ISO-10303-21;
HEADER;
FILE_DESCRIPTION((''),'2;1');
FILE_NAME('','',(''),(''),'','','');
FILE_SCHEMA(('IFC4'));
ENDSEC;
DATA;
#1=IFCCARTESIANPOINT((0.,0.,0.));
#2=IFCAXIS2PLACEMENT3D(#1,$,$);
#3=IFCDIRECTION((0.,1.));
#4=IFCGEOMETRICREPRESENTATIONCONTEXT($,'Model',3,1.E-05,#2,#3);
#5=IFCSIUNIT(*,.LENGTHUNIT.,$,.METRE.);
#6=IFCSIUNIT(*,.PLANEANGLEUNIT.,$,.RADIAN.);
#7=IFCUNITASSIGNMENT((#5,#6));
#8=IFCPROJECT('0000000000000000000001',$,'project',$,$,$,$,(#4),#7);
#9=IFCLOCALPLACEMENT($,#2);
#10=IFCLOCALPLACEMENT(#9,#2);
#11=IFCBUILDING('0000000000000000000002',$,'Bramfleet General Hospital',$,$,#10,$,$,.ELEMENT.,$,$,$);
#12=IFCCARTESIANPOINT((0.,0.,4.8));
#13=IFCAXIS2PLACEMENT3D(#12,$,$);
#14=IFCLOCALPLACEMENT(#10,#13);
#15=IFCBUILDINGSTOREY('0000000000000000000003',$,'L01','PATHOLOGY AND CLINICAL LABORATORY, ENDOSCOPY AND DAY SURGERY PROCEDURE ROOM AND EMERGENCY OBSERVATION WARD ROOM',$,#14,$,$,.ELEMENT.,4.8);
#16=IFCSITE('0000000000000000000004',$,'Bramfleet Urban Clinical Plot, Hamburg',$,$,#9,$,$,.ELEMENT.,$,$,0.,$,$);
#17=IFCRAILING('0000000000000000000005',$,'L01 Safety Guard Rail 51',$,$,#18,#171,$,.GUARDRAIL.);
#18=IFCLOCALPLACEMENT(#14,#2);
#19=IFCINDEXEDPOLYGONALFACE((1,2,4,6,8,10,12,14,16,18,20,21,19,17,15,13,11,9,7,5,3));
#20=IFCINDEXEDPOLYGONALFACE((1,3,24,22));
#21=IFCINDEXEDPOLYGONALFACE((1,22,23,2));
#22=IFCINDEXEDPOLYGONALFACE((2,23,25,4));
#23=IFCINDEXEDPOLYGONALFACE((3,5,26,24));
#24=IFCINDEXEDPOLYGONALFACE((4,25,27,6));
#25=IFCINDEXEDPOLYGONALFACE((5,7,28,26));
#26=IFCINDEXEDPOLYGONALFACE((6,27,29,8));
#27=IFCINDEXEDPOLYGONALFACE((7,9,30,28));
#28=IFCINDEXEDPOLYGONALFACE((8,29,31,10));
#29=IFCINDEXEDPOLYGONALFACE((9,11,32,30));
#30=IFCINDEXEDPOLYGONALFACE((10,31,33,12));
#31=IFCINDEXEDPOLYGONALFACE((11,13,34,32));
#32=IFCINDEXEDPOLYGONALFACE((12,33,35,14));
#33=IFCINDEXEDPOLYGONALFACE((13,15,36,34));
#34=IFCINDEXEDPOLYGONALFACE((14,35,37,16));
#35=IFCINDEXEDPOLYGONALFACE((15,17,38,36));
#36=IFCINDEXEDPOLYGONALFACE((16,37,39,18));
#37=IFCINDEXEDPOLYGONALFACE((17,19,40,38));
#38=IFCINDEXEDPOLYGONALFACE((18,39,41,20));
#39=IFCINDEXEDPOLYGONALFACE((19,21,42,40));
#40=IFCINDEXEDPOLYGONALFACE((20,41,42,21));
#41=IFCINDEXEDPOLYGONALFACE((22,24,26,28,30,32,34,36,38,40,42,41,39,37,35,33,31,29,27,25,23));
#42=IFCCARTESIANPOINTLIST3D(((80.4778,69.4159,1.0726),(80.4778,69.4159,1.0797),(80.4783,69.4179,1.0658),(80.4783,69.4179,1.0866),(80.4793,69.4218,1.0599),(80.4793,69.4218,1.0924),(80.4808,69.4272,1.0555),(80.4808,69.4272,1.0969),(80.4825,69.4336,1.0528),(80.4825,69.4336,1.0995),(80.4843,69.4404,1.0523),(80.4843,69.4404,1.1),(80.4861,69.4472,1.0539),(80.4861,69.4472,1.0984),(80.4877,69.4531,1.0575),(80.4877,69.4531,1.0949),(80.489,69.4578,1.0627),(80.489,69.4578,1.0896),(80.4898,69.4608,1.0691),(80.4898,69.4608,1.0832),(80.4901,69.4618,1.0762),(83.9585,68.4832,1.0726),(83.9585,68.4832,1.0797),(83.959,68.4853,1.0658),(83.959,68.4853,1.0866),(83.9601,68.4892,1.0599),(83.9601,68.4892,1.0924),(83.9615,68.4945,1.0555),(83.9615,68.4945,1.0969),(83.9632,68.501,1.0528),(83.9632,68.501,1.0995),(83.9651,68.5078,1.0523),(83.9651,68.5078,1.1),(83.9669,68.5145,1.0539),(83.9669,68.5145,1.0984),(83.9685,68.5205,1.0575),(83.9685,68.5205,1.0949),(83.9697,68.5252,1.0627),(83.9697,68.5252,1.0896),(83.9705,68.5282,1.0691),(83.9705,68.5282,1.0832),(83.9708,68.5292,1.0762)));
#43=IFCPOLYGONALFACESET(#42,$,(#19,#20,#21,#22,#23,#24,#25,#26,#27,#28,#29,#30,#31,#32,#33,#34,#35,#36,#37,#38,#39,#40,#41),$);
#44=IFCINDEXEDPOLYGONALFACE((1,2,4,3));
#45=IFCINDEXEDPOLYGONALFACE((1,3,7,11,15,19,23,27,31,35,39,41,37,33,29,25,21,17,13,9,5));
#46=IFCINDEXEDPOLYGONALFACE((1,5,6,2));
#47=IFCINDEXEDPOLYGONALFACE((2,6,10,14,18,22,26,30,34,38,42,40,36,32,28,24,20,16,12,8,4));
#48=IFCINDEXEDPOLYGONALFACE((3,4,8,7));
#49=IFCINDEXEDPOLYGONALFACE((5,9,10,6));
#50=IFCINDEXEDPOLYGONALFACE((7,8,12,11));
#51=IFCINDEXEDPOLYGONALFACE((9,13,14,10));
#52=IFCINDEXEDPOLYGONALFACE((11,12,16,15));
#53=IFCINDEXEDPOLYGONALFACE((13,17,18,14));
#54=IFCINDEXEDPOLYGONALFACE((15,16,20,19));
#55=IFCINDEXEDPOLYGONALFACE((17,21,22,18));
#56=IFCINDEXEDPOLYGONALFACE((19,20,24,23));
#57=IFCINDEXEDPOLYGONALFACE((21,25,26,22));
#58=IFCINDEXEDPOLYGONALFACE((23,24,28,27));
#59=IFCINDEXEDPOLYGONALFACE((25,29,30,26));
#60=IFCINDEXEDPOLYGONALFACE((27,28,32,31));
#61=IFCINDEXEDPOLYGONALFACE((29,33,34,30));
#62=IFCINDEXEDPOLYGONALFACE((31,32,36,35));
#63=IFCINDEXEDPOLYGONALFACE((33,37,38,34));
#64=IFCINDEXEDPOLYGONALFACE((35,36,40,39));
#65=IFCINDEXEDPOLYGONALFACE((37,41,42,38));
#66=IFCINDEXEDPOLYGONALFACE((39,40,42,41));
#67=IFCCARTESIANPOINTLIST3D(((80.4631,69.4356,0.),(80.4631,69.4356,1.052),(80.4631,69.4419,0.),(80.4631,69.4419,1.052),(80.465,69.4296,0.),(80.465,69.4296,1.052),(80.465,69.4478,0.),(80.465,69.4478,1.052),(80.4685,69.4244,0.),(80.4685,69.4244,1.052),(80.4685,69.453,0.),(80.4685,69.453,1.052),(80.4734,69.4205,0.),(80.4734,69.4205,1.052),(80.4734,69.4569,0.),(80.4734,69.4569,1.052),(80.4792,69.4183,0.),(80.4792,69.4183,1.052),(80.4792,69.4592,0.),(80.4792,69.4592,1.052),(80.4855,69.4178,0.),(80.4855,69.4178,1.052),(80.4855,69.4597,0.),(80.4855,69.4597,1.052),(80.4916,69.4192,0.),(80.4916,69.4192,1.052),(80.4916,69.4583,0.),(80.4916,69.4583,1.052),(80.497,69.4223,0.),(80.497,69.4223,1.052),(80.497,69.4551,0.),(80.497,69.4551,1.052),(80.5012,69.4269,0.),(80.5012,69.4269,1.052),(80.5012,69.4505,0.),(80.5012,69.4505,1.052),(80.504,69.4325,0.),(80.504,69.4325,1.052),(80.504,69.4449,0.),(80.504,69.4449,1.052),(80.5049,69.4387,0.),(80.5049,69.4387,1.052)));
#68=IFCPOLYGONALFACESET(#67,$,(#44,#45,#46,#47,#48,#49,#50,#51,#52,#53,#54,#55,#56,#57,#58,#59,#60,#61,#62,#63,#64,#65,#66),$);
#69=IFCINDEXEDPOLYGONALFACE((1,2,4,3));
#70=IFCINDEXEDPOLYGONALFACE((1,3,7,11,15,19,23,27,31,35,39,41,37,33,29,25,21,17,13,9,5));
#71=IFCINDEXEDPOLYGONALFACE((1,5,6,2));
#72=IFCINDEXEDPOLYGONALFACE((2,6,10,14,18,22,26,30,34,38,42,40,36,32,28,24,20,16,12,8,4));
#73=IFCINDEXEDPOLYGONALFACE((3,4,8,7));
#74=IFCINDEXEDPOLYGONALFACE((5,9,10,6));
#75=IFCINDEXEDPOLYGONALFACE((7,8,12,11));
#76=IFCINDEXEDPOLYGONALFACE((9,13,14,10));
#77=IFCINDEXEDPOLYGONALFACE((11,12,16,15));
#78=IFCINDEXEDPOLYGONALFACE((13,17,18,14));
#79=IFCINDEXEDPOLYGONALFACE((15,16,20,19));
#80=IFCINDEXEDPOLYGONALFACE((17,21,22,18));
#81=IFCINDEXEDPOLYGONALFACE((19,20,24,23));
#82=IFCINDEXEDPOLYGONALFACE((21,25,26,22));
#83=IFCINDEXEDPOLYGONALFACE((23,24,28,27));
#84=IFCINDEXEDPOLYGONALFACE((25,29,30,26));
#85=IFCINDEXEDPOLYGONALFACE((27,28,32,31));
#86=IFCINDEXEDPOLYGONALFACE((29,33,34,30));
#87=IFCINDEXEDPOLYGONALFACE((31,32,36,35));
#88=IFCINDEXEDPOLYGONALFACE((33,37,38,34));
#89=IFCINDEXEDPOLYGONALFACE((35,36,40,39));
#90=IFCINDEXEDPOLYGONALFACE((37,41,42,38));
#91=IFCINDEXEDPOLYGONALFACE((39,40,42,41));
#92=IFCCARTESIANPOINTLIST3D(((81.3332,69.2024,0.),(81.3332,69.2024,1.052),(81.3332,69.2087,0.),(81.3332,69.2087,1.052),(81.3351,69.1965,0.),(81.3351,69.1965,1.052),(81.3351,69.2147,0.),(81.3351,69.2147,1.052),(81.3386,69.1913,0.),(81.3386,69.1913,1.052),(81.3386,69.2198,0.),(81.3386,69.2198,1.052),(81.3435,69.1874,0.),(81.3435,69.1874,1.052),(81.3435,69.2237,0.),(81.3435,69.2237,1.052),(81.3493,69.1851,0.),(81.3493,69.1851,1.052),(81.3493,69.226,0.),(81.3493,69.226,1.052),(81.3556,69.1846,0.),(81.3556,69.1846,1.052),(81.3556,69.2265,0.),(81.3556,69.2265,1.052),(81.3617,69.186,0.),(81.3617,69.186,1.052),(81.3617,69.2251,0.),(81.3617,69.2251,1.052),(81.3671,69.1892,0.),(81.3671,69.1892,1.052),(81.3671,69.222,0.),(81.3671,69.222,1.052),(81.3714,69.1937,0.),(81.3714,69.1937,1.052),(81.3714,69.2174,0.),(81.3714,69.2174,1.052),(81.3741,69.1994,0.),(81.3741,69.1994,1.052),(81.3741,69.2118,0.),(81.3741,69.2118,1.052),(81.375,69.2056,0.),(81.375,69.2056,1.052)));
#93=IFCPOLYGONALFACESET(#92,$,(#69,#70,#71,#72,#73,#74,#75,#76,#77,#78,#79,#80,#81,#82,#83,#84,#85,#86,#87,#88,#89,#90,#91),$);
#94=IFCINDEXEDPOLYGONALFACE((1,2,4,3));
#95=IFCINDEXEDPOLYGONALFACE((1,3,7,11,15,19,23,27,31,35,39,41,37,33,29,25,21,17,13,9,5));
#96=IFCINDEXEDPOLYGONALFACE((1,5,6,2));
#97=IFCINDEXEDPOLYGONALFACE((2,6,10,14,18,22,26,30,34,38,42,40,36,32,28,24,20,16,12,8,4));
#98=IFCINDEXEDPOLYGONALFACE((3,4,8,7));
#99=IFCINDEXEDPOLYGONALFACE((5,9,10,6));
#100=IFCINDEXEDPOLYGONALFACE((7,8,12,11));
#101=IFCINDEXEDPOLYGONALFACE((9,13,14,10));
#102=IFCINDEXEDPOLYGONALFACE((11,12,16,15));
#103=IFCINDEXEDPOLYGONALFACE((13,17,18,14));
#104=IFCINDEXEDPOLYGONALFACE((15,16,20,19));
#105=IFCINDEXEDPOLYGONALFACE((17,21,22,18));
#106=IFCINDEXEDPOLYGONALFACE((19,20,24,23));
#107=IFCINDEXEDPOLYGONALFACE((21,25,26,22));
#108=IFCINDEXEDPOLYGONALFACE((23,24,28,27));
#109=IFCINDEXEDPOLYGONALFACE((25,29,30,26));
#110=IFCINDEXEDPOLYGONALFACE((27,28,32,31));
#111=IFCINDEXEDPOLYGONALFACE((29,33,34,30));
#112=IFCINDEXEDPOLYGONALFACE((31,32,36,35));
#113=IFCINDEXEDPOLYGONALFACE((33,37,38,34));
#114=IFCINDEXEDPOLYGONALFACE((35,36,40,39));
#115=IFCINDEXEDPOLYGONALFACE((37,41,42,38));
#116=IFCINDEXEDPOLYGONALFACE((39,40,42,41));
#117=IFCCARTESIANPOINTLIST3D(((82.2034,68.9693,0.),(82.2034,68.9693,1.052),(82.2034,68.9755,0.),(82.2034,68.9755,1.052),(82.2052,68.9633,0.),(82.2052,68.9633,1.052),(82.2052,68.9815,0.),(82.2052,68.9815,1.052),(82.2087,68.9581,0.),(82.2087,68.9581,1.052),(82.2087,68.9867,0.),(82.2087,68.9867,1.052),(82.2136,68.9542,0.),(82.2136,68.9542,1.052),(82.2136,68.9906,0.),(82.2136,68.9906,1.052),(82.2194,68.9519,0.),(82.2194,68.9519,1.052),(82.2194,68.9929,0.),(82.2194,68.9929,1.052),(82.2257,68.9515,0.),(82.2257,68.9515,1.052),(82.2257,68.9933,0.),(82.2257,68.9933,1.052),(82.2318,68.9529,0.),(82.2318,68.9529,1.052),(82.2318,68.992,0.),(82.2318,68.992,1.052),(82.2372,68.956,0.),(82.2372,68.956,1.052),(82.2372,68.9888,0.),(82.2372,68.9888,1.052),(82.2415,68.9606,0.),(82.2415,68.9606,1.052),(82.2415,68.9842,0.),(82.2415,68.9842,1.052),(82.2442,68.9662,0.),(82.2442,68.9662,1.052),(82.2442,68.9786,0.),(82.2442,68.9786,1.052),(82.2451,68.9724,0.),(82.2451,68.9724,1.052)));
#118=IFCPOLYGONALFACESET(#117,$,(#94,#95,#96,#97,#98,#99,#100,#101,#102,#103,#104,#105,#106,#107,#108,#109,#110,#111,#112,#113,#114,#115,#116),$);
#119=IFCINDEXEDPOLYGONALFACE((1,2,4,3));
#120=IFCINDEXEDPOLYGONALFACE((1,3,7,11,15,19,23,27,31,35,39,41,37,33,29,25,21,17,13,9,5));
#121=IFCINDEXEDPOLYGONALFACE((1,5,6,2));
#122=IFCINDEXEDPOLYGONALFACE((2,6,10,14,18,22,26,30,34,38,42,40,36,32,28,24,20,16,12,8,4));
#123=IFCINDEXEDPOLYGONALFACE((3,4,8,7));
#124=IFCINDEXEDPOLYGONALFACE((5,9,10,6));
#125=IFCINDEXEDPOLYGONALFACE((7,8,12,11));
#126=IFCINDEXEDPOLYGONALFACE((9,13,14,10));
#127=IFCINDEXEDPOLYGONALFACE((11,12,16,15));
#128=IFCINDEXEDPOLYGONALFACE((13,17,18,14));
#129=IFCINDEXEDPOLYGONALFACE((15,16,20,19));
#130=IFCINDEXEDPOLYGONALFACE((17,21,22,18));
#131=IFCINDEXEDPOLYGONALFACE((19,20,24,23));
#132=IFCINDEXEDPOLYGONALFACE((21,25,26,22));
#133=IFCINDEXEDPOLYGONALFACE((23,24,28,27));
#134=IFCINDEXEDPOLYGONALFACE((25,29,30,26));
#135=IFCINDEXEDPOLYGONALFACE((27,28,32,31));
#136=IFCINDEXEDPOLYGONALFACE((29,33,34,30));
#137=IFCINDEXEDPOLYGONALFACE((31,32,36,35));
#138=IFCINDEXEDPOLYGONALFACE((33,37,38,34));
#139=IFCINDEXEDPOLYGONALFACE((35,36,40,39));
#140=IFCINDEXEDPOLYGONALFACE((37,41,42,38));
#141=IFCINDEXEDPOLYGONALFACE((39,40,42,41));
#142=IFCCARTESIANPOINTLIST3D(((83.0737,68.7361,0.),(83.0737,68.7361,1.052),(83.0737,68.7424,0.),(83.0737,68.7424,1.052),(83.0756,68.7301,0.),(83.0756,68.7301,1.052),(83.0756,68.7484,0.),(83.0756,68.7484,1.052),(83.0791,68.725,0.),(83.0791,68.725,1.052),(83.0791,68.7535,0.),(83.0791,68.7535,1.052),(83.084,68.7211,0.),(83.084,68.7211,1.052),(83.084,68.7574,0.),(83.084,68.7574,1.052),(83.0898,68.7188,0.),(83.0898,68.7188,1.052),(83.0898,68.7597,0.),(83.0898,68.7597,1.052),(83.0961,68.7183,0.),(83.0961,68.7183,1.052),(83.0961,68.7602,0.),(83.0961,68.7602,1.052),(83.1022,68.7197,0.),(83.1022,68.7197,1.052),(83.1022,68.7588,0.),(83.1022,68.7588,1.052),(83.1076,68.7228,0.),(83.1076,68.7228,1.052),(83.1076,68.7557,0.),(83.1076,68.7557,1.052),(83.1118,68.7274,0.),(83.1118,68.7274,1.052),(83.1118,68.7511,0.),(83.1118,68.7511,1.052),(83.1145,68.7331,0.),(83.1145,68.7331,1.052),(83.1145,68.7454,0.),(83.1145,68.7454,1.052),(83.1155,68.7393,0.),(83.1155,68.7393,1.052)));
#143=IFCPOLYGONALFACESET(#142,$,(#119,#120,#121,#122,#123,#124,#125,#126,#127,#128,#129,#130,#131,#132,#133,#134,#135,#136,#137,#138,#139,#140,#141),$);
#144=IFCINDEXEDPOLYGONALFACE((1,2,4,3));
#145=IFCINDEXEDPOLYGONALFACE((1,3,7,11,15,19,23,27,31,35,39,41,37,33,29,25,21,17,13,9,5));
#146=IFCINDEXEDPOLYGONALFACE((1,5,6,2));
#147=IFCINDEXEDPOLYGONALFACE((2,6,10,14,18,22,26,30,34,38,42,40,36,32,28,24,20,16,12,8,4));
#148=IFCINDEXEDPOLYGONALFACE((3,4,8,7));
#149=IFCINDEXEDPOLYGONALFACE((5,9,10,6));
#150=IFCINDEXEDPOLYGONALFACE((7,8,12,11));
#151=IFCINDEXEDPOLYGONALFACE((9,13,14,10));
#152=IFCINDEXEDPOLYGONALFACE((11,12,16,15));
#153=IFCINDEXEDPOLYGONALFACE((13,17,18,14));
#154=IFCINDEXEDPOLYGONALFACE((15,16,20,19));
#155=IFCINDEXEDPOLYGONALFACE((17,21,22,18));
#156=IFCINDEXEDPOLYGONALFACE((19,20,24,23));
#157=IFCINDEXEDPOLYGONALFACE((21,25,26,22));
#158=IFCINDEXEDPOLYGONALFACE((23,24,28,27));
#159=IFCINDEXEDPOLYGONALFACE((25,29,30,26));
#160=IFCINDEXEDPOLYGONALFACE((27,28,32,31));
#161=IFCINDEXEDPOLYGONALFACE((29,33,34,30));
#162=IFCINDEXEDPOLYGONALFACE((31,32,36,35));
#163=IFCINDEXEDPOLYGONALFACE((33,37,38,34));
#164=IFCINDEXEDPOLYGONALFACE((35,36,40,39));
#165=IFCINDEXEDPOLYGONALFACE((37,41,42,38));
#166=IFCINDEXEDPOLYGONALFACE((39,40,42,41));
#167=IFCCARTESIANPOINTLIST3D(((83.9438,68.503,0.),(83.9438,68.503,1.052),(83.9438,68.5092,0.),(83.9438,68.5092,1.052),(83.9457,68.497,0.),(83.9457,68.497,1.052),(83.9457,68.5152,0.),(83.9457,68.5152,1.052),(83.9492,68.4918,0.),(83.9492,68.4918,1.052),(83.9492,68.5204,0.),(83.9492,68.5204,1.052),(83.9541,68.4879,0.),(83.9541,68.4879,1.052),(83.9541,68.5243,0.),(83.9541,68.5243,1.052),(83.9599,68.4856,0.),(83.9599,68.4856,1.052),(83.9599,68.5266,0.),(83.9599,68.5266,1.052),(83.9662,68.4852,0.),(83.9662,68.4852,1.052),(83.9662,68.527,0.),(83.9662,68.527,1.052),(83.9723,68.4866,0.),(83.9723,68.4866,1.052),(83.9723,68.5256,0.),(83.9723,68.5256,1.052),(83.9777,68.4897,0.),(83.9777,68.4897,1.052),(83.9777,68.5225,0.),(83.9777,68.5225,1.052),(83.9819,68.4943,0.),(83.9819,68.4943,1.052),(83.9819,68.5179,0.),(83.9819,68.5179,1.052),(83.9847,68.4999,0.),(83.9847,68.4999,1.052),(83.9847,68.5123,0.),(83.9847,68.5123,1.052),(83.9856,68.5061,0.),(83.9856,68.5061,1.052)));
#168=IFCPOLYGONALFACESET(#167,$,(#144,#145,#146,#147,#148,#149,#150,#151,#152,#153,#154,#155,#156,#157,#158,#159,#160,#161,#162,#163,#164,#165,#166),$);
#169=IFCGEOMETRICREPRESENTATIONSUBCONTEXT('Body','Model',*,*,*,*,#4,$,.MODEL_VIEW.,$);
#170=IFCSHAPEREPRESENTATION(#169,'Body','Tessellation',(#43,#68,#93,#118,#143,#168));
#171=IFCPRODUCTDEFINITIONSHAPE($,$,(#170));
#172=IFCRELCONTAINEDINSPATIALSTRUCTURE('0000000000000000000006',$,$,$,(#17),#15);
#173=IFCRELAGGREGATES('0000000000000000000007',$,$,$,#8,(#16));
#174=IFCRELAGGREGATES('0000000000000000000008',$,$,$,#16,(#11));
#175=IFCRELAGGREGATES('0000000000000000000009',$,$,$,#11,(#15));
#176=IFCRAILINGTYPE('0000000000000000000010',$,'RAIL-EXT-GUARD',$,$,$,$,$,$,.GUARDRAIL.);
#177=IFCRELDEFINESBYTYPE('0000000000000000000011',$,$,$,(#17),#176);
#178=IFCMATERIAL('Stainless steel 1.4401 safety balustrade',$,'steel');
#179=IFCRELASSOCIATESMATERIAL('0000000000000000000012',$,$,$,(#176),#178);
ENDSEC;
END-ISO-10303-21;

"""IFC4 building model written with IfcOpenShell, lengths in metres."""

from ifc_helpers import new_model, si_unit, direction, frame, origin, origin_2d, place, context, subcontext, project, spatial, circle, extrude, material, type_object, element, save


model = new_model("IFC4")

# Units and contexts
model_context = context("Model", 3, precision=1e-05, world=origin(), true_north=direction((0.0, 1.0)))
body_context = subcontext(model_context, "Body", "Model", "MODEL_VIEW")
ifc_project = project(units=[si_unit("LENGTHUNIT", "METRE"), si_unit("PLANEANGLEUNIT", "RADIAN")], contexts=[model_context])

# Site, building, storey
site_placement = place(None, origin())
site = spatial("IfcSite", under=ifc_project, at=site_placement, Name="Bramfleet Urban Clinical Plot, Hamburg", CompositionType="ELEMENT", RefElevation=0.0)
building_placement = place(site_placement, origin())
building = spatial("IfcBuilding", under=site, at=building_placement, Name="Bramfleet General Hospital", CompositionType="ELEMENT")
storey_placement = place(building_placement, frame((0.0, 0.0, 4.8)))
storey = spatial("IfcBuildingStorey", under=building, at=storey_placement, Name="L01", Description="PATHOLOGY AND CLINICAL LABORATORY, ENDOSCOPY AND DAY SURGERY PROCEDURE ROOM AND EMERGENCY OBSERVATION WARD ROOM", CompositionType="ELEMENT", Elevation=4.8)

# Railing
ifc_material_1 = material(Name="Stainless steel 1.4401 safety balustrade", Category="steel")
railing_type = type_object("IfcRailingType", Name="RAIL-EXT-GUARD", PredefinedType="GUARDRAIL", material=ifc_material_1)
railing_placement = place(storey_placement, frame((80.4839, 69.4387, 0.0)))
element("IfcRailing", 1, at=railing_placement, inside=storey, type_object=railing_type, Name="L01 Safety Guard Rail 51", PredefinedType="GUARDRAIL", context=body_context, shape_type="SweptSolid", body=[
    extrude(circle(Radius=0.0239, at=origin_2d()), frame((0.0, 0.0, 1.0762), z_axis=(0.965928, -0.258809, 0.0), x_axis=(0.258809, 0.965928, 0.0)), (0.0, 0.0, 1.0), 3.6035),
    extrude(circle(Radius=0.021, at=origin_2d()), origin(), (0.0, 0.0, 1.0), 1.052),
    extrude(circle(Radius=0.021, at=origin_2d()), frame((0.8701, -0.2332, 0.0)), (0.0, 0.0, 1.0), 1.052),
    extrude(circle(Radius=0.021, at=origin_2d()), frame((1.7402, -0.4663, 0.0)), (0.0, 0.0, 1.0), 1.052),
    extrude(circle(Radius=0.021, at=origin_2d()), frame((2.6106, -0.6995, 0.0)), (0.0, 0.0, 1.0), 1.052),
    extrude(circle(Radius=0.021, at=origin_2d()), frame((3.4807, -0.9326, 0.0)), (0.0, 0.0, 1.0), 1.052),
])

save(model, "model.ifc")
